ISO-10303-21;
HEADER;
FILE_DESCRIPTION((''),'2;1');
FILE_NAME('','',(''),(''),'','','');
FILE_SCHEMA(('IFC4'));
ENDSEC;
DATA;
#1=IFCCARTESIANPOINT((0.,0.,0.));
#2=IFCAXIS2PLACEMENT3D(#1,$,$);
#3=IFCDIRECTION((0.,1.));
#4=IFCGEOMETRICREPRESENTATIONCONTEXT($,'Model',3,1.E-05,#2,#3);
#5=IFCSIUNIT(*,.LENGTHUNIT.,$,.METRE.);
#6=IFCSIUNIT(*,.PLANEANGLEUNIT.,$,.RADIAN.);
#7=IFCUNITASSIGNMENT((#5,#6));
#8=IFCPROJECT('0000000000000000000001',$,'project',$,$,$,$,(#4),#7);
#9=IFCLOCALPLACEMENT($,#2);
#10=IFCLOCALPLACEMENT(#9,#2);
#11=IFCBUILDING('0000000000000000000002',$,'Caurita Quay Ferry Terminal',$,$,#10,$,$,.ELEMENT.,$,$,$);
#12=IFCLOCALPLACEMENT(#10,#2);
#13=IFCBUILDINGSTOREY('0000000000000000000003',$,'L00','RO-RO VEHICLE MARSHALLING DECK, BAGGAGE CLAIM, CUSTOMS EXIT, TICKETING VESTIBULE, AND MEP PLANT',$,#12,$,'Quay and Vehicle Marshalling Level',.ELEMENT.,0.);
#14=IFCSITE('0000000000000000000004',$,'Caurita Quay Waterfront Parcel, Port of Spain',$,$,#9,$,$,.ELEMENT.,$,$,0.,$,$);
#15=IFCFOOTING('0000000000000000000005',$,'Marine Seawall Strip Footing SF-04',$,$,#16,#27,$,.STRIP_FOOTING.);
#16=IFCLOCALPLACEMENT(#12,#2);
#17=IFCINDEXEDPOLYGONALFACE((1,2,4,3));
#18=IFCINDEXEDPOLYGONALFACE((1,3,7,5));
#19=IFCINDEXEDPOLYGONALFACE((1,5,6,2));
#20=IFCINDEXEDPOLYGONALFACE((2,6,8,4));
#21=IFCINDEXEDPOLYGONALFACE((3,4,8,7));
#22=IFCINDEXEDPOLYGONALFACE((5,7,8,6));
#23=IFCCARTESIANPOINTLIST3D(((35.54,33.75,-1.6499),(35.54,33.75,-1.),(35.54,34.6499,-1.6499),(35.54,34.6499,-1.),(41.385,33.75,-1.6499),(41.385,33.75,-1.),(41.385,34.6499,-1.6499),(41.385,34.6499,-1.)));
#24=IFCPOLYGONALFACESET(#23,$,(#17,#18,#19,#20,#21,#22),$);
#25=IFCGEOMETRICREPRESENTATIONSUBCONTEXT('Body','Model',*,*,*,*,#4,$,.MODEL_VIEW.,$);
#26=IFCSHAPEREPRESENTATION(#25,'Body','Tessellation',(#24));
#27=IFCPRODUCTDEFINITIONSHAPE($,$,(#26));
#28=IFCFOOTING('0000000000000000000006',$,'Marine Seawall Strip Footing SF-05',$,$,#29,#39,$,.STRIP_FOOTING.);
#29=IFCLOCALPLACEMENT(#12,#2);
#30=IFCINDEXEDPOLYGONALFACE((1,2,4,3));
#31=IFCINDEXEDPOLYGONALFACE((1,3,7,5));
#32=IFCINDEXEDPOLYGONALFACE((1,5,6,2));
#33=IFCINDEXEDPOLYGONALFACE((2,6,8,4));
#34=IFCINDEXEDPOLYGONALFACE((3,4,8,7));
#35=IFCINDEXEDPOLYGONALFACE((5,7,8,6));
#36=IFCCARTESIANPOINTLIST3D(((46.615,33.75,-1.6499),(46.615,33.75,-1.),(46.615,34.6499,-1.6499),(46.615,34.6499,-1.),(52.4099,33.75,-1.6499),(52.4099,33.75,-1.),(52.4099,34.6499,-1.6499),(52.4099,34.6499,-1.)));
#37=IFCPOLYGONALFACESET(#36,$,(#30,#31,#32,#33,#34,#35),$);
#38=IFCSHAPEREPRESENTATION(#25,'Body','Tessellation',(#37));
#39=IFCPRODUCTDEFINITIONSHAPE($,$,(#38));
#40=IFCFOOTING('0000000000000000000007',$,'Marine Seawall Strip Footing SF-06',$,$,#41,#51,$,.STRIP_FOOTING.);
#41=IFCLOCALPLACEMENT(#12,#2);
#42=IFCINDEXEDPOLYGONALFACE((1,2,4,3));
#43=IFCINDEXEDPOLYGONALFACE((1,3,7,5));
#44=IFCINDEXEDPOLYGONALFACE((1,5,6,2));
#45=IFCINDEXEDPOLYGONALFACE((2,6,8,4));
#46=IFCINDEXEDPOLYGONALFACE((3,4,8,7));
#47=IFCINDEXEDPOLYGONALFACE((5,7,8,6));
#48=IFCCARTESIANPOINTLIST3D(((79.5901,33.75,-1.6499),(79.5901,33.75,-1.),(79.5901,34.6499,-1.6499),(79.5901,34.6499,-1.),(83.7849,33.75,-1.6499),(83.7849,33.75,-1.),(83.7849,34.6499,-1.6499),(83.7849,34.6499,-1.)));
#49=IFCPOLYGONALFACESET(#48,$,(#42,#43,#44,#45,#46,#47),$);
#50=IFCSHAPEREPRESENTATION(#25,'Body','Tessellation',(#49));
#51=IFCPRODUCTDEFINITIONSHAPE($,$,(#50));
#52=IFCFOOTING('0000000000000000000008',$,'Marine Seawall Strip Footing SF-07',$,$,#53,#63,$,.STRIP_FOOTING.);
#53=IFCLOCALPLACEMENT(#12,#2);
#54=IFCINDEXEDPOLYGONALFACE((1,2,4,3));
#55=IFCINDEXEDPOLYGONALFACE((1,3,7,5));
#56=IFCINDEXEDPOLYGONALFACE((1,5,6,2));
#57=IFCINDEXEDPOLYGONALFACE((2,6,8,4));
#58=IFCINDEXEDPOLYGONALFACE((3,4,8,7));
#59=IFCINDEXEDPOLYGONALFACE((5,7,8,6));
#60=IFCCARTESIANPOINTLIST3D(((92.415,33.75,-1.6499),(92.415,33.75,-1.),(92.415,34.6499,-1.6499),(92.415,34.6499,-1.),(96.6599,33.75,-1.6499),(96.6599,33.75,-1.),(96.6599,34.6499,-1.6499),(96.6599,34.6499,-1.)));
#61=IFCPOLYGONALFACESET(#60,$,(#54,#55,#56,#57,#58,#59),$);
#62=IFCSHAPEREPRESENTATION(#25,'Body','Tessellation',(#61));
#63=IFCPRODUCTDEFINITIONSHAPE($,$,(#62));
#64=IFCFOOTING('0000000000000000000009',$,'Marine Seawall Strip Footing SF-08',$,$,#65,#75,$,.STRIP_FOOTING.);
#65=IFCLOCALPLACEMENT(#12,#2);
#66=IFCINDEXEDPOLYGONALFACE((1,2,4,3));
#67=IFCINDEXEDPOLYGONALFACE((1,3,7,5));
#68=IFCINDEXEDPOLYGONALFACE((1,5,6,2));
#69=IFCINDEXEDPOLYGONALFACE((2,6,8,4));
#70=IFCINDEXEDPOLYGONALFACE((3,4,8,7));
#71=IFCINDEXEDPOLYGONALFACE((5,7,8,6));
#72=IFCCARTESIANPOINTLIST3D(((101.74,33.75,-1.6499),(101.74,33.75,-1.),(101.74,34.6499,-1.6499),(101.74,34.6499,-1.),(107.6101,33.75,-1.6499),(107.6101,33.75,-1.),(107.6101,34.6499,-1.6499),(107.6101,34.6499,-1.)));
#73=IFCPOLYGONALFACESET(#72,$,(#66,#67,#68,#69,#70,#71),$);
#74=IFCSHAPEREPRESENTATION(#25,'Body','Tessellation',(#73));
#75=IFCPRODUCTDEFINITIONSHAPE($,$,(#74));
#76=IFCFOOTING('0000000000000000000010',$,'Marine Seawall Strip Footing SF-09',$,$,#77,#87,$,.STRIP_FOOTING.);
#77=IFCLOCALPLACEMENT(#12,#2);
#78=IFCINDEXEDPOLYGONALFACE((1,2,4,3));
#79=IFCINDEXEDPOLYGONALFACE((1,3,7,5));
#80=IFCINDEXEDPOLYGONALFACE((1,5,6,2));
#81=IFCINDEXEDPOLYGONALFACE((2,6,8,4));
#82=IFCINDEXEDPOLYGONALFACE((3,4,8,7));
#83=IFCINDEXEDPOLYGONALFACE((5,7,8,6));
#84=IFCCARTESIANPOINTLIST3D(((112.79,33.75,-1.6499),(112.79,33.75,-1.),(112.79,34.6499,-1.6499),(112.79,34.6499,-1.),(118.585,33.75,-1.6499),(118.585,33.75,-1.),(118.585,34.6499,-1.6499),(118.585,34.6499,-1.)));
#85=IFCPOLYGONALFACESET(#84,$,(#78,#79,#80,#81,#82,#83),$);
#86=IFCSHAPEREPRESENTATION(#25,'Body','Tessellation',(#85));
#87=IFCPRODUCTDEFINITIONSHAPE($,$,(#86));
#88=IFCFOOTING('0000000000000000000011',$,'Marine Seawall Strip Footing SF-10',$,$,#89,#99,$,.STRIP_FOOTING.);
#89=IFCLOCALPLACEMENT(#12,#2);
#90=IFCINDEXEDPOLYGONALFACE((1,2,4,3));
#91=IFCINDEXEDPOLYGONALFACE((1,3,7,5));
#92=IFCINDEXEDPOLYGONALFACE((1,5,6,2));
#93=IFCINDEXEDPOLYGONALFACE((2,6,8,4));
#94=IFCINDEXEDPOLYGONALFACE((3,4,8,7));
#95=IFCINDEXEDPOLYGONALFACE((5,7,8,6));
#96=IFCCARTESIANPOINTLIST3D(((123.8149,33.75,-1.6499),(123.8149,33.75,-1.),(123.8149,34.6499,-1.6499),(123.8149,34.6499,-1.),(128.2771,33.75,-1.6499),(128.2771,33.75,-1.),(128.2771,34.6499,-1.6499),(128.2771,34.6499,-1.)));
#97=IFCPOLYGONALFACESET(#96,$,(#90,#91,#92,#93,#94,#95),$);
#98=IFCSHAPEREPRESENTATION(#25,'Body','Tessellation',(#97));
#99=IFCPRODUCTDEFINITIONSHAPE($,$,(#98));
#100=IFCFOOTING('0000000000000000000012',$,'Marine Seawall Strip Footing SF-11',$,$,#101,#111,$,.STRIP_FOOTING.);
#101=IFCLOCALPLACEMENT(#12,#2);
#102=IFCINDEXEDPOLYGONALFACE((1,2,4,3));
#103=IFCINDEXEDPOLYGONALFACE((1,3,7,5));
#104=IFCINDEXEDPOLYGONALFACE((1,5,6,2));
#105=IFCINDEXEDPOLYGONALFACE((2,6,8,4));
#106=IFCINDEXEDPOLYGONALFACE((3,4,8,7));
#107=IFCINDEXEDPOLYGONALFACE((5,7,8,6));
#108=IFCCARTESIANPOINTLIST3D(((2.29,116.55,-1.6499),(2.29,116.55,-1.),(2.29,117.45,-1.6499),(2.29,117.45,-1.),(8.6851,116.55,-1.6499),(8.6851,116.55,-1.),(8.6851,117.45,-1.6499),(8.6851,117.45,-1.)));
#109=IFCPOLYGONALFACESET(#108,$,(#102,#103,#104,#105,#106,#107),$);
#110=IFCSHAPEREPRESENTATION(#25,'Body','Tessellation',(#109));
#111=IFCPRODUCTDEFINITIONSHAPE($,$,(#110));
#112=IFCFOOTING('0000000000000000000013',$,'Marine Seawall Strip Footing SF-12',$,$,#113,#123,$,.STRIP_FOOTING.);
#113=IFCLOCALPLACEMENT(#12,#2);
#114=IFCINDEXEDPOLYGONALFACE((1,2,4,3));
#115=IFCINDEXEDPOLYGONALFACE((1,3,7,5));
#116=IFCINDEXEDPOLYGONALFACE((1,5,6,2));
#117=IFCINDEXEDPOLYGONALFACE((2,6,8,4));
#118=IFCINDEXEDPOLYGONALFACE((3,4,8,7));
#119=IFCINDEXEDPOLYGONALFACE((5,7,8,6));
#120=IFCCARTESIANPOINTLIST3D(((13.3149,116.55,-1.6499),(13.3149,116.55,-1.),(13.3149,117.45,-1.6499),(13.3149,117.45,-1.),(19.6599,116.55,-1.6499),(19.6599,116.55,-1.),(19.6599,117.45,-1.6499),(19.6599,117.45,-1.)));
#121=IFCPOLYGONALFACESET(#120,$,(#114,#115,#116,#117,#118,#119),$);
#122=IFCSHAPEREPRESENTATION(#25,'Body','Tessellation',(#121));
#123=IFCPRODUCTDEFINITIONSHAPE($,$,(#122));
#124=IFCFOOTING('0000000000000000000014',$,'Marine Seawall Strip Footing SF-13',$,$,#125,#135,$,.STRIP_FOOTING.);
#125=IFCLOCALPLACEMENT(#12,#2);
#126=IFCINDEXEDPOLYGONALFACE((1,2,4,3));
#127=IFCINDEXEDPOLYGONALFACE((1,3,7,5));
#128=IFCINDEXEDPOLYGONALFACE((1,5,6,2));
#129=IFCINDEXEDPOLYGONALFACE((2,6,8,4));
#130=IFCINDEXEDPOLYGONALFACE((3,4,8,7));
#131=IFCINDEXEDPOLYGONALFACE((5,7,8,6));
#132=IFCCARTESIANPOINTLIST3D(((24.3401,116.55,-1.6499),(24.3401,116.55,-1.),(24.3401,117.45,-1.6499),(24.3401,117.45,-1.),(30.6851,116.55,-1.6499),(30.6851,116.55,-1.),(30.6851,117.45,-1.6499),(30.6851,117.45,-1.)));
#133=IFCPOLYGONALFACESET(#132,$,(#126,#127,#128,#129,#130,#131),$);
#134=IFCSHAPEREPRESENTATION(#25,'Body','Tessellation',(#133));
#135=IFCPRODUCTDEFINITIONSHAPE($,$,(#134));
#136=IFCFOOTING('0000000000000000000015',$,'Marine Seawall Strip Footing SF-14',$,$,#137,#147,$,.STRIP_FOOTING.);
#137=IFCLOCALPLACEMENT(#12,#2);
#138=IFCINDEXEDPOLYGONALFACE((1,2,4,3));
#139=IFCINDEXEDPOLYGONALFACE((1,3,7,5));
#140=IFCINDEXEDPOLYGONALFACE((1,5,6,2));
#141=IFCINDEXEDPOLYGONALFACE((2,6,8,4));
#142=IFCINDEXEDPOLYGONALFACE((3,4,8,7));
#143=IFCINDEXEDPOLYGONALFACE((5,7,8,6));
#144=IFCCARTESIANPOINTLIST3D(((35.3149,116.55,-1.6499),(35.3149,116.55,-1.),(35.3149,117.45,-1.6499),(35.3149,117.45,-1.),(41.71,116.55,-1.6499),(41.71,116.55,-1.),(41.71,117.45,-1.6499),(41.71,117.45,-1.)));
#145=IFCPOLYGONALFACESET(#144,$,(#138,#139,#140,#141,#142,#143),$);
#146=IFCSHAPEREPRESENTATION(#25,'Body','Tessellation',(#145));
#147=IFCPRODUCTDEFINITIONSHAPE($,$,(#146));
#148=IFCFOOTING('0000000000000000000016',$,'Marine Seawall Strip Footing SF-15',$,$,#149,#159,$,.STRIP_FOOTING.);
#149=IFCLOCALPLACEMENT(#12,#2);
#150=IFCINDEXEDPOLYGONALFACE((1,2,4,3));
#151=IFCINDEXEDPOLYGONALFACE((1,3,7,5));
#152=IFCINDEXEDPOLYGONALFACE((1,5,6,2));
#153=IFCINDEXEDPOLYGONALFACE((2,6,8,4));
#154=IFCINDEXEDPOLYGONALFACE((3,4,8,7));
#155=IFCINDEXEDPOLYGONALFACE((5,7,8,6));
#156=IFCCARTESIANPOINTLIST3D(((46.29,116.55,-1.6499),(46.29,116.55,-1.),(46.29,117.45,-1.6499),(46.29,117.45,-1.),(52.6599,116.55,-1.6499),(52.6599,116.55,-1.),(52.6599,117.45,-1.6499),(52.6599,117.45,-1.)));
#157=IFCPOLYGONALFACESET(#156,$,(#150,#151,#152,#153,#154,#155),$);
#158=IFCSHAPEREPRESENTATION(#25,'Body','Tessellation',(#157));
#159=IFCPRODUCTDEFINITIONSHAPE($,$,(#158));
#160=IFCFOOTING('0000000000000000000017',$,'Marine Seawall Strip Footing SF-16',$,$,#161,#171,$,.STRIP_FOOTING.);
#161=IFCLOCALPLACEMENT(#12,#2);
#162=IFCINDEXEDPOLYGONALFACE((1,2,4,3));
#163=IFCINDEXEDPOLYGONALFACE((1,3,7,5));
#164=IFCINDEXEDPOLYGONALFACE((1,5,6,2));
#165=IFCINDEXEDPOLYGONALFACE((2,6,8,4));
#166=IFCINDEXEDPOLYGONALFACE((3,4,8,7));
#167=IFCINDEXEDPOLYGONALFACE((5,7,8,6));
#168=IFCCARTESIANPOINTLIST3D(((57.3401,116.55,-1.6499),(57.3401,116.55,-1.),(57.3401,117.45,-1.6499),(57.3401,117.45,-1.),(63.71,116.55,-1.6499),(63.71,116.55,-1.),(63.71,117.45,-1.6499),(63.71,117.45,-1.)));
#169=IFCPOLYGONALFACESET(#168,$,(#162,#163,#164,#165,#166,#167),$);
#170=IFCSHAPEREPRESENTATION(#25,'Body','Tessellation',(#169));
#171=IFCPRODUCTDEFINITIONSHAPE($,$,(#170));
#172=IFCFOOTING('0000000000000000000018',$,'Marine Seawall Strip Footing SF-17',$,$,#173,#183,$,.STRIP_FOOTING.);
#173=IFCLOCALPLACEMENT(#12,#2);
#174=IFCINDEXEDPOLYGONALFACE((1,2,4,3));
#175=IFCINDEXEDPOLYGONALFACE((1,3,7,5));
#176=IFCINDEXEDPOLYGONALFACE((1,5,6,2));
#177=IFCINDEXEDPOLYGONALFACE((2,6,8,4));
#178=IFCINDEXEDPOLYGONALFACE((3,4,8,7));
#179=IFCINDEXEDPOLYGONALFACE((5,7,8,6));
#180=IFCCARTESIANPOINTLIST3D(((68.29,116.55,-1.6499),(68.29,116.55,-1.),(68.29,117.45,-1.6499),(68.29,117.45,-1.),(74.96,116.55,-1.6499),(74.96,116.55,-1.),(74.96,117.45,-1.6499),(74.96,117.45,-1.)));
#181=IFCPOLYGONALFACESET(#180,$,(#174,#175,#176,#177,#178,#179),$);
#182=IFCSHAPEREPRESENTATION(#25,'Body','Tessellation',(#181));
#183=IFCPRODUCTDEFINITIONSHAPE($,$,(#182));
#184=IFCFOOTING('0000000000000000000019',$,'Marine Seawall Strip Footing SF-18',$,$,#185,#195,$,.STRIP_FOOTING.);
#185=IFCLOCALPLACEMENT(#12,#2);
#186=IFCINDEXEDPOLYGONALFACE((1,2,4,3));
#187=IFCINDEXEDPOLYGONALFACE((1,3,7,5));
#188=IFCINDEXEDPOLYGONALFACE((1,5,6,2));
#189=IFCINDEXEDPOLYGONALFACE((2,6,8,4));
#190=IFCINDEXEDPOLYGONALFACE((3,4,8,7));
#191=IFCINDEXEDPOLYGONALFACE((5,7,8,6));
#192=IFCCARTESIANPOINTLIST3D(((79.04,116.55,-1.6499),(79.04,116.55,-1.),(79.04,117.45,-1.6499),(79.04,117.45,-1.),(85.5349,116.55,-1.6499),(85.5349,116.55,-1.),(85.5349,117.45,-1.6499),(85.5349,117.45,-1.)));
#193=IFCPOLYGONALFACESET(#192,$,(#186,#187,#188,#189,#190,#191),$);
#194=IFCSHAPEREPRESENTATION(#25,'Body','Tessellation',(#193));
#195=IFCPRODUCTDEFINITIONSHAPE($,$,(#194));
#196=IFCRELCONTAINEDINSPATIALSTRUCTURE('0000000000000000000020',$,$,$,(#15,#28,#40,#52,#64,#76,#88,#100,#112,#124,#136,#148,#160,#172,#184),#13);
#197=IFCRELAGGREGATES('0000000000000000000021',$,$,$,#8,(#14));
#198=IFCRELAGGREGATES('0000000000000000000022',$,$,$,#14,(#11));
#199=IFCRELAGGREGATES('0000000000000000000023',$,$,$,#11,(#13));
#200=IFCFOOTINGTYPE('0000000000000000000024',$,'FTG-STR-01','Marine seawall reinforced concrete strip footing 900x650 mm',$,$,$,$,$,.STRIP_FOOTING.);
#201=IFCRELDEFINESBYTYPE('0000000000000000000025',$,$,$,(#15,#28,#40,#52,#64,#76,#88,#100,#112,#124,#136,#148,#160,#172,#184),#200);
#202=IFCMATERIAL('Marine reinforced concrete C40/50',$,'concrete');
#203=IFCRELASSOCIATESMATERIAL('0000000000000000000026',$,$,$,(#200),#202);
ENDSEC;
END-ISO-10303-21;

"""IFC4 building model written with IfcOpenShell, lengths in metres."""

from ifc_helpers import new_model, si_unit, direction, frame, origin, place, context, subcontext, project, spatial, polyline, outline, extrude, material, type_object, element, save


model = new_model("IFC4")

# Units and contexts
model_context = context("Model", 3, precision=1e-05, world=origin(), true_north=direction((0.0, 1.0)))
body_context = subcontext(model_context, "Body", "Model", "MODEL_VIEW")
ifc_project = project(units=[si_unit("LENGTHUNIT", "METRE"), si_unit("PLANEANGLEUNIT", "RADIAN")], contexts=[model_context])

# Site, building, storey
site_placement = place(None, origin())
site = spatial("IfcSite", under=ifc_project, at=site_placement, Name="Caurita Quay Waterfront Parcel, Port of Spain", CompositionType="ELEMENT", RefElevation=0.0)
building_placement = place(site_placement, origin())
building = spatial("IfcBuilding", under=site, at=building_placement, Name="Caurita Quay Ferry Terminal", CompositionType="ELEMENT")
storey_placement = place(building_placement, origin())
storey = spatial("IfcBuildingStorey", under=building, at=storey_placement, Name="L00", Description="RO-RO VEHICLE MARSHALLING DECK, BAGGAGE CLAIM, CUSTOMS EXIT, TICKETING VESTIBULE, AND MEP PLANT", LongName="Quay and Vehicle Marshalling Level", CompositionType="ELEMENT", Elevation=0.0)

# Footings
ifc_material_1 = material(Name="Marine reinforced concrete C40/50", Category="concrete")
footing_type = type_object("IfcFootingType", Name="FTG-STR-01", Description="Marine seawall reinforced concrete strip footing 900x650 mm", PredefinedType="STRIP_FOOTING", material=ifc_material_1)
footing_1_placement = place(storey_placement, frame((0.0, 0.0, -1.6499)))
element("IfcFooting", 1, at=footing_1_placement, inside=storey, type_object=footing_type, Name="Marine Seawall Strip Footing SF-04", PredefinedType="STRIP_FOOTING", context=body_context, shape_type="SweptSolid", body=[
    extrude(outline(polyline([(35.54, 33.75), (41.385, 33.75), (41.385, 34.6499), (35.54, 34.6499), (35.54, 33.75)])), origin(), (0.0, 0.0, 1.0), 0.6499),
])
footing_2_placement = place(storey_placement, frame((0.0, 0.0, -1.6499)))
element("IfcFooting", 2, at=footing_2_placement, inside=storey, type_object=footing_type, Name="Marine Seawall Strip Footing SF-05", PredefinedType="STRIP_FOOTING", context=body_context, shape_type="SweptSolid", body=[
    extrude(outline(polyline([(46.615, 33.75), (52.4099, 33.75), (52.4099, 34.6499), (46.615, 34.6499), (46.615, 33.75)])), origin(), (0.0, 0.0, 1.0), 0.6499),
])
footing_3_placement = place(storey_placement, frame((0.0, 0.0, -1.6499)))
element("IfcFooting", 3, at=footing_3_placement, inside=storey, type_object=footing_type, Name="Marine Seawall Strip Footing SF-06", PredefinedType="STRIP_FOOTING", context=body_context, shape_type="SweptSolid", body=[
    extrude(outline(polyline([(79.5901, 33.75), (83.7849, 33.75), (83.7849, 34.6499), (79.5901, 34.6499), (79.5901, 33.75)])), origin(), (0.0, 0.0, 1.0), 0.6499),
])
footing_4_placement = place(storey_placement, frame((0.0, 0.0, -1.6499)))
element("IfcFooting", 4, at=footing_4_placement, inside=storey, type_object=footing_type, Name="Marine Seawall Strip Footing SF-07", PredefinedType="STRIP_FOOTING", context=body_context, shape_type="SweptSolid", body=[
    extrude(outline(polyline([(92.415, 33.75), (96.6599, 33.75), (96.6599, 34.6499), (92.415, 34.6499), (92.415, 33.75)])), origin(), (0.0, 0.0, 1.0), 0.6499),
])
footing_5_placement = place(storey_placement, frame((0.0, 0.0, -1.6499)))
element("IfcFooting", 5, at=footing_5_placement, inside=storey, type_object=footing_type, Name="Marine Seawall Strip Footing SF-08", PredefinedType="STRIP_FOOTING", context=body_context, shape_type="SweptSolid", body=[
    extrude(outline(polyline([(101.74, 33.75), (107.6101, 33.75), (107.6101, 34.6499), (101.74, 34.6499), (101.74, 33.75)])), origin(), (0.0, 0.0, 1.0), 0.6499),
])
footing_6_placement = place(storey_placement, frame((0.0, 0.0, -1.6499)))
element("IfcFooting", 6, at=footing_6_placement, inside=storey, type_object=footing_type, Name="Marine Seawall Strip Footing SF-09", PredefinedType="STRIP_FOOTING", context=body_context, shape_type="SweptSolid", body=[
    extrude(outline(polyline([(112.79, 33.75), (118.585, 33.75), (118.585, 34.6499), (112.79, 34.6499), (112.79, 33.75)])), origin(), (0.0, 0.0, 1.0), 0.6499),
])
footing_7_placement = place(storey_placement, frame((0.0, 0.0, -1.6499)))
element("IfcFooting", 7, at=footing_7_placement, inside=storey, type_object=footing_type, Name="Marine Seawall Strip Footing SF-10", PredefinedType="STRIP_FOOTING", context=body_context, shape_type="SweptSolid", body=[
    extrude(outline(polyline([(123.8149, 33.75), (128.2771, 33.75), (128.2771, 34.6499), (123.8149, 34.6499), (123.8149, 33.75)])), origin(), (0.0, 0.0, 1.0), 0.6499),
])
footing_8_placement = place(storey_placement, frame((0.0, 0.0, -1.6499)))
element("IfcFooting", 8, at=footing_8_placement, inside=storey, type_object=footing_type, Name="Marine Seawall Strip Footing SF-11", PredefinedType="STRIP_FOOTING", context=body_context, shape_type="SweptSolid", body=[
    extrude(outline(polyline([(2.29, 116.55), (8.6851, 116.55), (8.6851, 117.45), (2.29, 117.45), (2.29, 116.55)])), origin(), (0.0, 0.0, 1.0), 0.6499),
])
footing_9_placement = place(storey_placement, frame((0.0, 0.0, -1.6499)))
element("IfcFooting", 9, at=footing_9_placement, inside=storey, type_object=footing_type, Name="Marine Seawall Strip Footing SF-12", PredefinedType="STRIP_FOOTING", context=body_context, shape_type="SweptSolid", body=[
    extrude(outline(polyline([(13.3149, 116.55), (19.6599, 116.55), (19.6599, 117.45), (13.3149, 117.45), (13.3149, 116.55)])), origin(), (0.0, 0.0, 1.0), 0.6499),
])
footing_10_placement = place(storey_placement, frame((0.0, 0.0, -1.6499)))
element("IfcFooting", 10, at=footing_10_placement, inside=storey, type_object=footing_type, Name="Marine Seawall Strip Footing SF-13", PredefinedType="STRIP_FOOTING", context=body_context, shape_type="SweptSolid", body=[
    extrude(outline(polyline([(24.3401, 116.55), (30.6851, 116.55), (30.6851, 117.45), (24.3401, 117.45), (24.3401, 116.55)])), origin(), (0.0, 0.0, 1.0), 0.6499),
])
footing_11_placement = place(storey_placement, frame((0.0, 0.0, -1.6499)))
element("IfcFooting", 11, at=footing_11_placement, inside=storey, type_object=footing_type, Name="Marine Seawall Strip Footing SF-14", PredefinedType="STRIP_FOOTING", context=body_context, shape_type="SweptSolid", body=[
    extrude(outline(polyline([(35.3149, 116.55), (41.71, 116.55), (41.71, 117.45), (35.3149, 117.45), (35.3149, 116.55)])), origin(), (0.0, 0.0, 1.0), 0.6499),
])
footing_12_placement = place(storey_placement, frame((0.0, 0.0, -1.6499)))
element("IfcFooting", 12, at=footing_12_placement, inside=storey, type_object=footing_type, Name="Marine Seawall Strip Footing SF-15", PredefinedType="STRIP_FOOTING", context=body_context, shape_type="SweptSolid", body=[
    extrude(outline(polyline([(46.29, 116.55), (52.6599, 116.55), (52.6599, 117.45), (46.29, 117.45), (46.29, 116.55)])), origin(), (0.0, 0.0, 1.0), 0.6499),
])
footing_13_placement = place(storey_placement, frame((0.0, 0.0, -1.6499)))
element("IfcFooting", 13, at=footing_13_placement, inside=storey, type_object=footing_type, Name="Marine Seawall Strip Footing SF-16", PredefinedType="STRIP_FOOTING", context=body_context, shape_type="SweptSolid", body=[
    extrude(outline(polyline([(57.3401, 116.55), (63.71, 116.55), (63.71, 117.45), (57.3401, 117.45), (57.3401, 116.55)])), origin(), (0.0, 0.0, 1.0), 0.6499),
])
footing_14_placement = place(storey_placement, frame((0.0, 0.0, -1.6499)))
element("IfcFooting", 14, at=footing_14_placement, inside=storey, type_object=footing_type, Name="Marine Seawall Strip Footing SF-17", PredefinedType="STRIP_FOOTING", context=body_context, shape_type="SweptSolid", body=[
    extrude(outline(polyline([(68.29, 116.55), (74.96, 116.55), (74.96, 117.45), (68.29, 117.45), (68.29, 116.55)])), origin(), (0.0, 0.0, 1.0), 0.6499),
])
footing_15_placement = place(storey_placement, frame((0.0, 0.0, -1.6499)))
element("IfcFooting", 15, at=footing_15_placement, inside=storey, type_object=footing_type, Name="Marine Seawall Strip Footing SF-18", PredefinedType="STRIP_FOOTING", context=body_context, shape_type="SweptSolid", body=[
    extrude(outline(polyline([(79.04, 116.55), (85.5349, 116.55), (85.5349, 117.45), (79.04, 117.45), (79.04, 116.55)])), origin(), (0.0, 0.0, 1.0), 0.6499),
])

save(model, "model.ifc")
